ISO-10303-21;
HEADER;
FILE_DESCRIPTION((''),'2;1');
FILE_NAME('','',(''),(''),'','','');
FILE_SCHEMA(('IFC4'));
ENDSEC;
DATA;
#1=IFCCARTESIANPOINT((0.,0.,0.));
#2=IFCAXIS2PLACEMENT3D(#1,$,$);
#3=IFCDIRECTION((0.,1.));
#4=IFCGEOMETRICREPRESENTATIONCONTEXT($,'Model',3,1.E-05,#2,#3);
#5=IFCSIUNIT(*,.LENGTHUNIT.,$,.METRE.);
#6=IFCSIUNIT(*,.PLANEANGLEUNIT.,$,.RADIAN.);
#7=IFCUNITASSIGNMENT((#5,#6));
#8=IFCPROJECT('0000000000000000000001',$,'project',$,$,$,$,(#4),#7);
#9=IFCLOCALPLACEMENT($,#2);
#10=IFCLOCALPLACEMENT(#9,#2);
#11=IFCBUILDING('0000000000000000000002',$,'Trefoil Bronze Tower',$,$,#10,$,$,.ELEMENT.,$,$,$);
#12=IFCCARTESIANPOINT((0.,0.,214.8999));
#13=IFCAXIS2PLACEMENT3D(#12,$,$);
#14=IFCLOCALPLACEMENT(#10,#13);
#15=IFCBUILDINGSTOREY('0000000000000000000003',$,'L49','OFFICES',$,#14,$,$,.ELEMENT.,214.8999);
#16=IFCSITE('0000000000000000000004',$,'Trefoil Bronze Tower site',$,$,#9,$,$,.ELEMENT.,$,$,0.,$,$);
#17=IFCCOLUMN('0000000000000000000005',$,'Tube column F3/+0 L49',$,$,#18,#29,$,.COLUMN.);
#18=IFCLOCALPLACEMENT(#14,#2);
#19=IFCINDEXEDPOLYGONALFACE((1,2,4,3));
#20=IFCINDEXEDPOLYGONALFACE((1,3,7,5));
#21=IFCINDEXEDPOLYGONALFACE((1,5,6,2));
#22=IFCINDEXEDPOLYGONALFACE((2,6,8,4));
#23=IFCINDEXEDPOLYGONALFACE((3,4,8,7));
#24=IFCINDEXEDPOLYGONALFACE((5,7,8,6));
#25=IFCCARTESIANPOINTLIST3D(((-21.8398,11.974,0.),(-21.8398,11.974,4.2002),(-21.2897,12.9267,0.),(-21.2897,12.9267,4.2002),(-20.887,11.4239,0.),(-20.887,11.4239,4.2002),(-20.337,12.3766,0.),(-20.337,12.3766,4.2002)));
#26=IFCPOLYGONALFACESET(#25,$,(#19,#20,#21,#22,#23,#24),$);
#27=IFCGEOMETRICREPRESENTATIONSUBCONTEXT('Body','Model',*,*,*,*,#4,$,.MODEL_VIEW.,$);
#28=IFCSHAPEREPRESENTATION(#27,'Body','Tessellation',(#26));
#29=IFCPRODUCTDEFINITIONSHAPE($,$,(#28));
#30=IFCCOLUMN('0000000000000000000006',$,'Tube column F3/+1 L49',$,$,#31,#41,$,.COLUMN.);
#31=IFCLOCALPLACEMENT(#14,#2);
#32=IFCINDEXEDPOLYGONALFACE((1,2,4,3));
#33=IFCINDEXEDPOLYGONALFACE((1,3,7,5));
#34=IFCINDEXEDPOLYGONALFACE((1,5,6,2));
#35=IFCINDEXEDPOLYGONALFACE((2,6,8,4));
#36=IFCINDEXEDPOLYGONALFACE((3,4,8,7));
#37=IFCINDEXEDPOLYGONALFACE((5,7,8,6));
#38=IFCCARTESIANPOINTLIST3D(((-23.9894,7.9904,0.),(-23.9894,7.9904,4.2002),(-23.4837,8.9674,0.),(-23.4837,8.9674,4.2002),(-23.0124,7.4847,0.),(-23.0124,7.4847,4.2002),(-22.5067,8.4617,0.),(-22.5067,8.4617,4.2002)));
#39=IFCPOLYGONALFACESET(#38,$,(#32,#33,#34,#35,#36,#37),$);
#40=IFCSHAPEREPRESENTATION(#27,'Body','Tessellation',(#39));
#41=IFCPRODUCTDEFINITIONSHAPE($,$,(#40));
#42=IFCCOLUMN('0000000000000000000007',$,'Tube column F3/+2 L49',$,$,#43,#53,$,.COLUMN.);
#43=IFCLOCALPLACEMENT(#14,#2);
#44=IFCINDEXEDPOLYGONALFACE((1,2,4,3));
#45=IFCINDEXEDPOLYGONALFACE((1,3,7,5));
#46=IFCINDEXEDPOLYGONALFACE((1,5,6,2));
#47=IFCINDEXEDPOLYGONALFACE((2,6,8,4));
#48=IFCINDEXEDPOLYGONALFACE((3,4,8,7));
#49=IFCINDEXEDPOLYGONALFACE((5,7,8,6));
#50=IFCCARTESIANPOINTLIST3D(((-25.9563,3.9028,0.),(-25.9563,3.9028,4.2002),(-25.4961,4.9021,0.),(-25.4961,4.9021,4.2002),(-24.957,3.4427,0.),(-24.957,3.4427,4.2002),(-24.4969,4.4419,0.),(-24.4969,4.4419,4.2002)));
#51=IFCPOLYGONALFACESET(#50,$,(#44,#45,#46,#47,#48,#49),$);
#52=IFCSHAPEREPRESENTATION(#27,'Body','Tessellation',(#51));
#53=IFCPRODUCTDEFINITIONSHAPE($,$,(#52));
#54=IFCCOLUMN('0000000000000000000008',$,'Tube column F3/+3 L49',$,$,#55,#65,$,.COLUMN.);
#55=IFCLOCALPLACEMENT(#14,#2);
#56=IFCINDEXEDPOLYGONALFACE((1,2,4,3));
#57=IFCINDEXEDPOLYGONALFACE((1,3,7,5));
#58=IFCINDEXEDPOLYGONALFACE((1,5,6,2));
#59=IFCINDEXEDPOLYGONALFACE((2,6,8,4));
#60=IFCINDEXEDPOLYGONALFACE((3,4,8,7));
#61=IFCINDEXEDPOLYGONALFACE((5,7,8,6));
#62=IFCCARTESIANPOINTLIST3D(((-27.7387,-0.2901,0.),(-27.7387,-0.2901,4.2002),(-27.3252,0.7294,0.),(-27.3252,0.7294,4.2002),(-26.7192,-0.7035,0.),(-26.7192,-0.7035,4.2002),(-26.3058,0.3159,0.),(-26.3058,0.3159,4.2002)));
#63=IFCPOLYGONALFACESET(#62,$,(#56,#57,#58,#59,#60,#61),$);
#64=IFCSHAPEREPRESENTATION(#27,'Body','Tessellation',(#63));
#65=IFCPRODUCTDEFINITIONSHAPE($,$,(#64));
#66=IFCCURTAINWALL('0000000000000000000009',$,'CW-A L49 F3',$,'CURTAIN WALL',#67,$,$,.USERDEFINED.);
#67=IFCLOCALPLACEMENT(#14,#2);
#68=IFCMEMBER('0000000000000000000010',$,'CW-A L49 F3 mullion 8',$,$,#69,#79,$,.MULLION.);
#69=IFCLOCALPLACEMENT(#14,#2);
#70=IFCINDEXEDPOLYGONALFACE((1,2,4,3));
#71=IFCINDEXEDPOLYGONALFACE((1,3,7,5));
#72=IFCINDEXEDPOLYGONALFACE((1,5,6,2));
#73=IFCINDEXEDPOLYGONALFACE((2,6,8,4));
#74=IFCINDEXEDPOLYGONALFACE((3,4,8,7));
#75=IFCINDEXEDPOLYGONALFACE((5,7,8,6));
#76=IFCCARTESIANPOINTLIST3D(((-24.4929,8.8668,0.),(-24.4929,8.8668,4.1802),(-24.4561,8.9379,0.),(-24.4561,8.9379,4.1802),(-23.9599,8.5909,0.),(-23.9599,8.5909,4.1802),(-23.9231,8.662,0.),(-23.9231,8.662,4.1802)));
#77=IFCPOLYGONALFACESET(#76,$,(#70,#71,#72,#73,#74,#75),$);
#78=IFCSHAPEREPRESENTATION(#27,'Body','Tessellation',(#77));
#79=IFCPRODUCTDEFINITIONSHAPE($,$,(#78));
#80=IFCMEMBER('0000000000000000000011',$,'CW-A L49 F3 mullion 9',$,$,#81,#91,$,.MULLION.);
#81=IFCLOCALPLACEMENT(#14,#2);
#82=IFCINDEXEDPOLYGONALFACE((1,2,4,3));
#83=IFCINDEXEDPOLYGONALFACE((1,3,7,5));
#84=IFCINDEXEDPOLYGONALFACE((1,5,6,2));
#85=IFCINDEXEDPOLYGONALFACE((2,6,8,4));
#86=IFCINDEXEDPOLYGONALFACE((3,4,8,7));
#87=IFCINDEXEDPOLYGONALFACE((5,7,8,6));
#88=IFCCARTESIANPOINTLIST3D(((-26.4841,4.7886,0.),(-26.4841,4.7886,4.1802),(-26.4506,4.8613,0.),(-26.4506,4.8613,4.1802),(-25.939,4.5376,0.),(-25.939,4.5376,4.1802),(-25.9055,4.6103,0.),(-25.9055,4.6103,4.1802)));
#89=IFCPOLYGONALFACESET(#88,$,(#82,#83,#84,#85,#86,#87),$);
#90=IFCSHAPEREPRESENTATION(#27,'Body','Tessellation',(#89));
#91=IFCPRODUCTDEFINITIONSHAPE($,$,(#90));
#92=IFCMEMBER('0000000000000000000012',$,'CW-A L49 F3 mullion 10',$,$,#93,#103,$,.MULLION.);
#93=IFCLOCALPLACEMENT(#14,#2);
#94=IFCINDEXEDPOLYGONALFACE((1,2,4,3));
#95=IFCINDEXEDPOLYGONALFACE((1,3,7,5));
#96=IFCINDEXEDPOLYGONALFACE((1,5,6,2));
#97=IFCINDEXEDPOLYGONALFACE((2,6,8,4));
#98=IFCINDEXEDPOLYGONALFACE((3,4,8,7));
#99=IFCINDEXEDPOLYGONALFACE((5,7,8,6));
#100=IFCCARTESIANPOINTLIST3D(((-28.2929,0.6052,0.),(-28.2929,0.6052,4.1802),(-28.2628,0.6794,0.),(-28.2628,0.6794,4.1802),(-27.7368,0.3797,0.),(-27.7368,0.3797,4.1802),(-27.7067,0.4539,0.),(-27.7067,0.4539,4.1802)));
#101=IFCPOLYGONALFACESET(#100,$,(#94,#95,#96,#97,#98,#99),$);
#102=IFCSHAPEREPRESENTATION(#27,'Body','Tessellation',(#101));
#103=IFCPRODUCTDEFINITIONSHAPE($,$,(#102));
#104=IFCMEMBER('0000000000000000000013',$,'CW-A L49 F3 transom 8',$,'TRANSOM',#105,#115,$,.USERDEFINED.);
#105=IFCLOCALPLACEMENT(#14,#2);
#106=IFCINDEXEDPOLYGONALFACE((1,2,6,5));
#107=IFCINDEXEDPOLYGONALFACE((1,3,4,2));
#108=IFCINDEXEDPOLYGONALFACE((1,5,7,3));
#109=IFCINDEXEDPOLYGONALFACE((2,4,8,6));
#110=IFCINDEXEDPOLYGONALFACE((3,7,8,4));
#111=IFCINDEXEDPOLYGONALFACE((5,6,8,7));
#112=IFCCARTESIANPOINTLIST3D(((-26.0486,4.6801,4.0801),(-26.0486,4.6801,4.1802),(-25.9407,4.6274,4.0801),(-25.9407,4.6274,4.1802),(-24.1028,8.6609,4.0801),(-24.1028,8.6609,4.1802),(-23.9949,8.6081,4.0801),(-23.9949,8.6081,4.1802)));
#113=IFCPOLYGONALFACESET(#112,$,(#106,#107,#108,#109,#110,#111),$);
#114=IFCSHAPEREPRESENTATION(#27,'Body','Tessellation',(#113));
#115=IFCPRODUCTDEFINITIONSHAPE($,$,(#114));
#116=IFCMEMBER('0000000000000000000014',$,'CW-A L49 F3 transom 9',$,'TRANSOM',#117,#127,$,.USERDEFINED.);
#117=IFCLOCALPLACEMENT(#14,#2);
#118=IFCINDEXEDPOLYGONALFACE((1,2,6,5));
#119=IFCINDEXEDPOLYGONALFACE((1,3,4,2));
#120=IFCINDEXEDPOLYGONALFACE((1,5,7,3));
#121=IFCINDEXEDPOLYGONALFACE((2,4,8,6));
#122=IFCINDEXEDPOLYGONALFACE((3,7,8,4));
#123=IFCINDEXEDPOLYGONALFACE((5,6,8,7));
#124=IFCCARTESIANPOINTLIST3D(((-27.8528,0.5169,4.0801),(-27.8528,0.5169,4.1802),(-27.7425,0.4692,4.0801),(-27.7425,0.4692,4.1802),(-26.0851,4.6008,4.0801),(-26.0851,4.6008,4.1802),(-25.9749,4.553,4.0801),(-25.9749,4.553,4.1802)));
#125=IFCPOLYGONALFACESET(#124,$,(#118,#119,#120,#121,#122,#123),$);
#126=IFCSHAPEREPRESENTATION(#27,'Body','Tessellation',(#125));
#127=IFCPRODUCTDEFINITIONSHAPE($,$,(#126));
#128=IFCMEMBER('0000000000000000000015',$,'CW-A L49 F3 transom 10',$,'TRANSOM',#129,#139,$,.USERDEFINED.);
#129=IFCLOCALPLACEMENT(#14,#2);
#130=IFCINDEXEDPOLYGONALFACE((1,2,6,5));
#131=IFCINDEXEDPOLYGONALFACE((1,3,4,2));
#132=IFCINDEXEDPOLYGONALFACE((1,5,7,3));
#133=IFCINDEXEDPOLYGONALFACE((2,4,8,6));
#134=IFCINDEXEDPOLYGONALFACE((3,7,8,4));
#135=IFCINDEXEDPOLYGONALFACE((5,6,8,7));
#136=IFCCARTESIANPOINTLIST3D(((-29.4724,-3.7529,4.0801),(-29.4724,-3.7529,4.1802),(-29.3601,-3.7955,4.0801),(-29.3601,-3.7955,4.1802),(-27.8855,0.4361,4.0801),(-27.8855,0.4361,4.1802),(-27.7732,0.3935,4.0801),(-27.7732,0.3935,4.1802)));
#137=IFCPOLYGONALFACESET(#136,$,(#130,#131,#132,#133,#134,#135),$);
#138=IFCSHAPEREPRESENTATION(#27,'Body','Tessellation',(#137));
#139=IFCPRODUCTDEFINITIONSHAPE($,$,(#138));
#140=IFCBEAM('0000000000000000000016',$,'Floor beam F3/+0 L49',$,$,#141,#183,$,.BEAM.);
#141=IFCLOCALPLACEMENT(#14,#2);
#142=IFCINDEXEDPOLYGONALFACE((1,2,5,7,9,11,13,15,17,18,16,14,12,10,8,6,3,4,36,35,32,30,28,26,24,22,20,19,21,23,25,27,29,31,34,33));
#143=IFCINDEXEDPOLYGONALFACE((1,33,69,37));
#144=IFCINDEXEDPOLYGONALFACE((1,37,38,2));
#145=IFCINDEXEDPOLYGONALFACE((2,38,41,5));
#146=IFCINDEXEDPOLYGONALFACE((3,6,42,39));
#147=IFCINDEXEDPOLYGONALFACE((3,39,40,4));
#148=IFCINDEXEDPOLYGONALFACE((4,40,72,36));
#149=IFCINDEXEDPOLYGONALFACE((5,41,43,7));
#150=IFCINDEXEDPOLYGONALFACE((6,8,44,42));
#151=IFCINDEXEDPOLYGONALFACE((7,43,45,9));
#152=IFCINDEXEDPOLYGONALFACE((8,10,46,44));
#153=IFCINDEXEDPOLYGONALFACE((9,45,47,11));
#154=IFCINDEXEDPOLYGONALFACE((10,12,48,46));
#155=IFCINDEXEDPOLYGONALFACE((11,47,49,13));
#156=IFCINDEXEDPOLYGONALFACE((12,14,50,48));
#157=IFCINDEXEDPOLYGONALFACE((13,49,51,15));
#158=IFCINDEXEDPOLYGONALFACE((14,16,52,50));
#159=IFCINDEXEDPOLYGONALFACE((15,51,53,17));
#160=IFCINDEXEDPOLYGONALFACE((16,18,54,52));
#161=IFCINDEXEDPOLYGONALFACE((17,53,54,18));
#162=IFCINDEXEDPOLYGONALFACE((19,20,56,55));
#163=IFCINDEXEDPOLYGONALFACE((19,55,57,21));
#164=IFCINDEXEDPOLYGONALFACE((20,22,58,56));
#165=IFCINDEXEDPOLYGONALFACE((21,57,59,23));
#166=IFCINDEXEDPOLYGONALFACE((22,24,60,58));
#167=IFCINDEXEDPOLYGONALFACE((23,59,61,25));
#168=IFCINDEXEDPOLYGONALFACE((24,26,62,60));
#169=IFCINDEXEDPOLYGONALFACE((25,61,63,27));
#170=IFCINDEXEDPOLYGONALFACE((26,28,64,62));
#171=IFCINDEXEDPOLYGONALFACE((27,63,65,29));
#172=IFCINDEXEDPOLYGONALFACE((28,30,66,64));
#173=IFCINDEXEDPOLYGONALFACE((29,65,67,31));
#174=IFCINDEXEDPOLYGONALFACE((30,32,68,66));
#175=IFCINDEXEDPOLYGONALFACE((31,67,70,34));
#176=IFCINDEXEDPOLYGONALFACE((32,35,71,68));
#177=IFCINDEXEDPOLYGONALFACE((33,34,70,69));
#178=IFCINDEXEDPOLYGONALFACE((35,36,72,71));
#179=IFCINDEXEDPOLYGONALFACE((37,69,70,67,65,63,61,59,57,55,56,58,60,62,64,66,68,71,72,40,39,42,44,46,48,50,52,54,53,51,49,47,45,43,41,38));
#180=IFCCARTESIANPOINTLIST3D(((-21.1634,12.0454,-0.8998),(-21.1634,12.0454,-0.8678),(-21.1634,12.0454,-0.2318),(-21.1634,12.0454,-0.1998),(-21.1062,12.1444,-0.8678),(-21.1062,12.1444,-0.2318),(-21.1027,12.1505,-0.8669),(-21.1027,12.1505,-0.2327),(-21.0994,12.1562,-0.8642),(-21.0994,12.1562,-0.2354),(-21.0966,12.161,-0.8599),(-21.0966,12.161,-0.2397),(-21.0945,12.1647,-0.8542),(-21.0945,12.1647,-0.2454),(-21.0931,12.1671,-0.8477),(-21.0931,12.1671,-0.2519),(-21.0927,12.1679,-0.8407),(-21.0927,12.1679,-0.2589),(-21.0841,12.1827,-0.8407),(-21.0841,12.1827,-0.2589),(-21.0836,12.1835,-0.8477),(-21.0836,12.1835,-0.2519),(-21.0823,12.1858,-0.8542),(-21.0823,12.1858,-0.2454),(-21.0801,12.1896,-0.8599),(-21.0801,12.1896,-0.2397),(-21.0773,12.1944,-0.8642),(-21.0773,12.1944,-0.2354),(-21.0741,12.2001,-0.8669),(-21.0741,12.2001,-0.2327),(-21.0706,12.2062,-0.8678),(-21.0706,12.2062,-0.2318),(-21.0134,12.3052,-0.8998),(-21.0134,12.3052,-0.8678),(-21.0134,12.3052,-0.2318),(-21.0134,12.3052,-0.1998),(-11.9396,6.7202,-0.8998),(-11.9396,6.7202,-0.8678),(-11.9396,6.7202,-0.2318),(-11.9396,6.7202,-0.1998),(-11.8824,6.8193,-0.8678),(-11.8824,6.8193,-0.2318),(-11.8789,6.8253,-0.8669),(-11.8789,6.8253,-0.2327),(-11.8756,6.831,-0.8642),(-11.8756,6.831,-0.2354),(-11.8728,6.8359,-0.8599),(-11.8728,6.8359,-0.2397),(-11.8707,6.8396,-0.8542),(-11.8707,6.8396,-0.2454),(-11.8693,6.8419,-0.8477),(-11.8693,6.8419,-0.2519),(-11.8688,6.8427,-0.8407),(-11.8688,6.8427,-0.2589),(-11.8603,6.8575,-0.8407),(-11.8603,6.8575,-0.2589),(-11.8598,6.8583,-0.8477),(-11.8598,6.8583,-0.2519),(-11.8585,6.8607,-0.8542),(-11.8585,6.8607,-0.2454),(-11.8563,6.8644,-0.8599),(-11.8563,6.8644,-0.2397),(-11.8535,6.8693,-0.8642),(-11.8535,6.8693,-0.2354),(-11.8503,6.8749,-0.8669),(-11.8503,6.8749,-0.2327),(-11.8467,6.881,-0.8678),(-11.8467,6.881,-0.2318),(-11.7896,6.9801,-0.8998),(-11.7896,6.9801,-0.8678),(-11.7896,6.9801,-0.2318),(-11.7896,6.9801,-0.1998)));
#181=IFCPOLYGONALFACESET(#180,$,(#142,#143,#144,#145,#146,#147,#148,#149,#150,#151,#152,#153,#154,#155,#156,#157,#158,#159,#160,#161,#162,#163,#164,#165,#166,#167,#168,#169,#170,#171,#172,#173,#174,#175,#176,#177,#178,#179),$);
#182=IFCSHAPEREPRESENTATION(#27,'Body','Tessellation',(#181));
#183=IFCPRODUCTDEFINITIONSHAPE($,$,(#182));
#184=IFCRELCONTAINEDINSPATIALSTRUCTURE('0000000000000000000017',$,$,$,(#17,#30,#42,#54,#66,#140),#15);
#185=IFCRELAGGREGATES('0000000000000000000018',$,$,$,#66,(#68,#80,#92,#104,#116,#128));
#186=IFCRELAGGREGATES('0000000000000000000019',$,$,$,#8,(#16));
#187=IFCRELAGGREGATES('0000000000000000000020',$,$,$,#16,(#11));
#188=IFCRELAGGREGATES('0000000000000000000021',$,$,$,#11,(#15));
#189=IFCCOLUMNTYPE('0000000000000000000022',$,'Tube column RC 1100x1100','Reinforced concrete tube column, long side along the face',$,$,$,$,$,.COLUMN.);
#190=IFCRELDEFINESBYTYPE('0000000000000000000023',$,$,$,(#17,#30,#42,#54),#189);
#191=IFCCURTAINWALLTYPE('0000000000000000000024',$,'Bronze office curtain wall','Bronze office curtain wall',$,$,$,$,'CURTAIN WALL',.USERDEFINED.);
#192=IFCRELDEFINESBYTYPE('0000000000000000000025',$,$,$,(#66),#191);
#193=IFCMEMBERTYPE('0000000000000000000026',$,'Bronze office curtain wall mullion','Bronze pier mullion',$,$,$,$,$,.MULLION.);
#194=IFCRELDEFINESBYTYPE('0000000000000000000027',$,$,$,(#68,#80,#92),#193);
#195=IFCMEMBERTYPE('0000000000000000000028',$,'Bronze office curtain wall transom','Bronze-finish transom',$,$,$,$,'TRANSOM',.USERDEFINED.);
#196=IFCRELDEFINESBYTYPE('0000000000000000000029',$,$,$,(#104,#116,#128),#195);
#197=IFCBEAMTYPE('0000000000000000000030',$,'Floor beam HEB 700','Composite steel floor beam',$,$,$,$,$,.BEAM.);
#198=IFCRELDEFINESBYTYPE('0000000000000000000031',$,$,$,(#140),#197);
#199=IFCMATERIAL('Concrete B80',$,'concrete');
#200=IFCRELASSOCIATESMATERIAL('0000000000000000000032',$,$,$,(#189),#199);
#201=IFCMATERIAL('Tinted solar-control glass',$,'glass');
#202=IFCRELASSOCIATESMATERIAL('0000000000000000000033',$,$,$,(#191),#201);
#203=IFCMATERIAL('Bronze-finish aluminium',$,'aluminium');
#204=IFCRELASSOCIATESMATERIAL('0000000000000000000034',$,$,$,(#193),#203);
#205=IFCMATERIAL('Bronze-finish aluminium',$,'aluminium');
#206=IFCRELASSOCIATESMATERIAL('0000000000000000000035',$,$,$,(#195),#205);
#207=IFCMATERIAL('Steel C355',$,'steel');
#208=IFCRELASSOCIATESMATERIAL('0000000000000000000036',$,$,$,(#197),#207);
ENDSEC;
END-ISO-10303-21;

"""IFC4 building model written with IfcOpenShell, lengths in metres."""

from ifc_helpers import new_model, si_unit, direction, frame, origin, origin_2d, place, context, subcontext, project, spatial, rectangle, i_section, extrude, material, material_profile, profile_set, type_object, element, aggregate, save


model = new_model("IFC4")

# Units and contexts
model_context = context("Model", 3, precision=1e-05, world=origin(), true_north=direction((0.0, 1.0)))
body_context = subcontext(model_context, "Body", "Model", "MODEL_VIEW")
ifc_project = project(units=[si_unit("LENGTHUNIT", "METRE"), si_unit("PLANEANGLEUNIT", "RADIAN")], contexts=[model_context])

# Site, building, storey
site_placement = place(None, origin())
site = spatial("IfcSite", under=ifc_project, at=site_placement, Name="Trefoil Bronze Tower site", CompositionType="ELEMENT", RefElevation=0.0)
building_placement = place(site_placement, origin())
building = spatial("IfcBuilding", under=site, at=building_placement, Name="Trefoil Bronze Tower", CompositionType="ELEMENT")
storey_placement = place(building_placement, frame((0.0, 0.0, 214.8999)))
storey = spatial("IfcBuildingStorey", under=building, at=storey_placement, Name="L49", Description="OFFICES", CompositionType="ELEMENT", Elevation=214.8999)

# Columns
ifc_material_1 = material(Name="Concrete B80", Category="concrete")
ifc_material_profile_1 = material_profile(ifc_material_1, rectangle(XDim=1.1001, YDim=1.1001, at=origin_2d()), Name="RC 1100x1100")
ifc_profile_set_1 = profile_set([ifc_material_profile_1], Name="Concrete B80")
column_type = type_object("IfcColumnType", Name="Tube column RC 1100x1100", Description="Reinforced concrete tube column, long side along the face", PredefinedType="COLUMN", material=ifc_profile_set_1)
for number, where, z_axis, x_axis, name in (
    (1, (-21.0884, 12.1753, 0.0), (0.0, 0.0, 1.0), (-0.5, -0.866025, 0.0), "Tube column F3/+0 L49"),
    (2, (-23.248, 8.2261, 0.0), (0.0, 0.0, 1.0), (-0.459673, -0.888088, 0.0), "Tube column F3/+1 L49"),
    (3, (-25.2266, 4.1724, 0.0), (0.0, 0.0, 1.0), (-0.418286, -0.908315, 0.0), "Tube column F3/+2 L49"),
    (4, (-27.0222, 0.0129, 0.0), (0.0, 0.0, 1.0), (-0.375828, -0.926689, 0.0), "Tube column F3/+3 L49"),
):
    element("IfcColumn", number, at=place(storey_placement, frame(where, z_axis=z_axis, x_axis=x_axis)), inside=storey, type_object=column_type, Name=name, PredefinedType="COLUMN", context=body_context, shape_type="SweptSolid", body=[
        extrude(rectangle(XDim=1.1001, YDim=1.1001, at=origin_2d()), origin(), (0.0, 0.0, 1.0), 4.2002),
    ])

# Curtain wall, members
ifc_material_2 = material(Name="Tinted solar-control glass", Category="glass")
curtain_wall_type = type_object("IfcCurtainWallType", Name="Bronze office curtain wall", Description="Bronze office curtain wall", ElementType="CURTAIN WALL", PredefinedType="USERDEFINED", material=ifc_material_2)
curtain_wall_placement = place(storey_placement, origin())
curtain_wall = element("IfcCurtainWall", 5, at=curtain_wall_placement, inside=storey, type_object=curtain_wall_type, Name="CW-A L49 F3", ObjectType="CURTAIN WALL", PredefinedType="USERDEFINED")
ifc_material_3 = material(Name="Bronze-finish aluminium", Category="aluminium")
ifc_material_profile_2 = material_profile(ifc_material_3, rectangle(XDim=0.6001, YDim=0.0801, at=origin_2d()), Name="CW-A mullion")
ifc_profile_set_2 = profile_set([ifc_material_profile_2], Name="Bronze-finish aluminium")
member_type_1 = type_object("IfcMemberType", Name="Bronze office curtain wall mullion", Description="Bronze pier mullion", PredefinedType="MULLION", material=ifc_profile_set_2)
member_1_placement = place(storey_placement, frame((-24.208, 8.7644, 0.0), z_axis=(0.0, 0.0, 1.0), x_axis=(0.888088, -0.459673, 0.0)))
member_1 = element("IfcMember", 6, at=member_1_placement, type_object=member_type_1, Name="CW-A L49 F3 mullion 8", PredefinedType="MULLION", context=body_context, shape_type="SweptSolid", body=[
    extrude(rectangle(XDim=0.6001, YDim=0.0801, at=origin_2d()), origin(), (0.0, 0.0, 1.0), 4.1802),
])
member_2_placement = place(storey_placement, frame((-26.1948, 4.6995, 0.0), z_axis=(0.0, 0.0, 1.0), x_axis=(0.908315, -0.418286, 0.0)))
member_2 = element("IfcMember", 7, at=member_2_placement, type_object=member_type_1, Name="CW-A L49 F3 mullion 9", PredefinedType="MULLION", context=body_context, shape_type="SweptSolid", body=[
    extrude(rectangle(XDim=0.6001, YDim=0.0801, at=origin_2d()), origin(), (0.0, 0.0, 1.0), 4.1802),
])
member_3_placement = place(storey_placement, frame((-27.9998, 0.5295, 0.0), z_axis=(0.0, 0.0, 1.0), x_axis=(0.926689, -0.375828, 0.0)))
member_3 = element("IfcMember", 8, at=member_3_placement, type_object=member_type_1, Name="CW-A L49 F3 mullion 10", PredefinedType="MULLION", context=body_context, shape_type="SweptSolid", body=[
    extrude(rectangle(XDim=0.6001, YDim=0.0801, at=origin_2d()), origin(), (0.0, 0.0, 1.0), 4.1802),
])
ifc_material_4 = material(Name="Bronze-finish aluminium", Category="aluminium")
ifc_material_profile_3 = material_profile(ifc_material_4, rectangle(XDim=0.1201, YDim=0.1001, at=origin_2d()), Name="CW-A transom")
ifc_profile_set_3 = profile_set([ifc_material_profile_3], Name="Bronze-finish aluminium")
member_type_2 = type_object("IfcMemberType", Name="Bronze office curtain wall transom", Description="Bronze-finish transom", ElementType="TRANSOM", PredefinedType="USERDEFINED", material=ifc_profile_set_3)
member_4_placement = place(storey_placement, frame((-24.0488, 8.6345, 4.1301), z_axis=(-0.439151, -0.898413, 0.0), x_axis=(0.898413, -0.439151, 0.0)))
member_4 = element("IfcMember", 9, at=member_4_placement, type_object=member_type_2, Name="CW-A L49 F3 transom 8", ObjectType="TRANSOM", PredefinedType="USERDEFINED", context=body_context, shape_type="SweptSolid", body=[
    extrude(rectangle(XDim=0.1201, YDim=0.1001, at=origin_2d()), origin(), (0.0, 0.0, 1.0), 4.4309),
])
member_5_placement = place(storey_placement, frame((-26.03, 4.5769, 4.1301), z_axis=(-0.397221, -0.917723, 0.0), x_axis=(0.917723, -0.397221, 0.0)))
member_5 = element("IfcMember", 10, at=member_5_placement, type_object=member_type_2, Name="CW-A L49 F3 transom 9", ObjectType="TRANSOM", PredefinedType="USERDEFINED", context=body_context, shape_type="SweptSolid", body=[
    extrude(rectangle(XDim=0.1201, YDim=0.1001, at=origin_2d()), origin(), (0.0, 0.0, 1.0), 4.45),
])
member_6_placement = place(storey_placement, frame((-27.8293, 0.4148, 4.1301), z_axis=(-0.354263, -0.935146, 0.0), x_axis=(0.935146, -0.354263, 0.0)))
member_6 = element("IfcMember", 11, at=member_6_placement, type_object=member_type_2, Name="CW-A L49 F3 transom 10", ObjectType="TRANSOM", PredefinedType="USERDEFINED", context=body_context, shape_type="SweptSolid", body=[
    extrude(rectangle(XDim=0.1201, YDim=0.1001, at=origin_2d()), origin(), (0.0, 0.0, 1.0), 4.4795),
])

# Beam
ifc_material_5 = material(Name="Steel C355", Category="steel")
ifc_material_profile_4 = material_profile(ifc_material_5, i_section(OverallWidth=0.3, OverallDepth=0.7, WebThickness=0.0171, FlangeThickness=0.032, FilletRadius=0.0271, at=origin_2d()), Name="HEB 700")
ifc_profile_set_4 = profile_set([ifc_material_profile_4], Name="Steel C355")
beam_type_1 = type_object("IfcBeamType", Name="Floor beam HEB 700", Description="Composite steel floor beam", PredefinedType="BEAM", material=ifc_profile_set_4)
beam_1_placement = place(storey_placement, frame((-21.0884, 12.1753, -0.5498), z_axis=(0.866034, -0.499985, 0.0), x_axis=(0.499985, 0.866034, 0.0)))
element("IfcBeam", 12, at=beam_1_placement, inside=storey, type_object=beam_type_1, Name="Floor beam F3/+0 L49", PredefinedType="BEAM", context=body_context, shape_type="SweptSolid", body=[
    extrude(i_section(OverallWidth=0.3, OverallDepth=0.7, WebThickness=0.0171, FlangeThickness=0.032, FilletRadius=0.0271, at=origin_2d()), origin(), (0.0, 0.0, 1.0), 10.6506),
])

aggregate(curtain_wall, [member_1, member_2, member_3, member_4, member_5, member_6])

save(model, "model.ifc")
